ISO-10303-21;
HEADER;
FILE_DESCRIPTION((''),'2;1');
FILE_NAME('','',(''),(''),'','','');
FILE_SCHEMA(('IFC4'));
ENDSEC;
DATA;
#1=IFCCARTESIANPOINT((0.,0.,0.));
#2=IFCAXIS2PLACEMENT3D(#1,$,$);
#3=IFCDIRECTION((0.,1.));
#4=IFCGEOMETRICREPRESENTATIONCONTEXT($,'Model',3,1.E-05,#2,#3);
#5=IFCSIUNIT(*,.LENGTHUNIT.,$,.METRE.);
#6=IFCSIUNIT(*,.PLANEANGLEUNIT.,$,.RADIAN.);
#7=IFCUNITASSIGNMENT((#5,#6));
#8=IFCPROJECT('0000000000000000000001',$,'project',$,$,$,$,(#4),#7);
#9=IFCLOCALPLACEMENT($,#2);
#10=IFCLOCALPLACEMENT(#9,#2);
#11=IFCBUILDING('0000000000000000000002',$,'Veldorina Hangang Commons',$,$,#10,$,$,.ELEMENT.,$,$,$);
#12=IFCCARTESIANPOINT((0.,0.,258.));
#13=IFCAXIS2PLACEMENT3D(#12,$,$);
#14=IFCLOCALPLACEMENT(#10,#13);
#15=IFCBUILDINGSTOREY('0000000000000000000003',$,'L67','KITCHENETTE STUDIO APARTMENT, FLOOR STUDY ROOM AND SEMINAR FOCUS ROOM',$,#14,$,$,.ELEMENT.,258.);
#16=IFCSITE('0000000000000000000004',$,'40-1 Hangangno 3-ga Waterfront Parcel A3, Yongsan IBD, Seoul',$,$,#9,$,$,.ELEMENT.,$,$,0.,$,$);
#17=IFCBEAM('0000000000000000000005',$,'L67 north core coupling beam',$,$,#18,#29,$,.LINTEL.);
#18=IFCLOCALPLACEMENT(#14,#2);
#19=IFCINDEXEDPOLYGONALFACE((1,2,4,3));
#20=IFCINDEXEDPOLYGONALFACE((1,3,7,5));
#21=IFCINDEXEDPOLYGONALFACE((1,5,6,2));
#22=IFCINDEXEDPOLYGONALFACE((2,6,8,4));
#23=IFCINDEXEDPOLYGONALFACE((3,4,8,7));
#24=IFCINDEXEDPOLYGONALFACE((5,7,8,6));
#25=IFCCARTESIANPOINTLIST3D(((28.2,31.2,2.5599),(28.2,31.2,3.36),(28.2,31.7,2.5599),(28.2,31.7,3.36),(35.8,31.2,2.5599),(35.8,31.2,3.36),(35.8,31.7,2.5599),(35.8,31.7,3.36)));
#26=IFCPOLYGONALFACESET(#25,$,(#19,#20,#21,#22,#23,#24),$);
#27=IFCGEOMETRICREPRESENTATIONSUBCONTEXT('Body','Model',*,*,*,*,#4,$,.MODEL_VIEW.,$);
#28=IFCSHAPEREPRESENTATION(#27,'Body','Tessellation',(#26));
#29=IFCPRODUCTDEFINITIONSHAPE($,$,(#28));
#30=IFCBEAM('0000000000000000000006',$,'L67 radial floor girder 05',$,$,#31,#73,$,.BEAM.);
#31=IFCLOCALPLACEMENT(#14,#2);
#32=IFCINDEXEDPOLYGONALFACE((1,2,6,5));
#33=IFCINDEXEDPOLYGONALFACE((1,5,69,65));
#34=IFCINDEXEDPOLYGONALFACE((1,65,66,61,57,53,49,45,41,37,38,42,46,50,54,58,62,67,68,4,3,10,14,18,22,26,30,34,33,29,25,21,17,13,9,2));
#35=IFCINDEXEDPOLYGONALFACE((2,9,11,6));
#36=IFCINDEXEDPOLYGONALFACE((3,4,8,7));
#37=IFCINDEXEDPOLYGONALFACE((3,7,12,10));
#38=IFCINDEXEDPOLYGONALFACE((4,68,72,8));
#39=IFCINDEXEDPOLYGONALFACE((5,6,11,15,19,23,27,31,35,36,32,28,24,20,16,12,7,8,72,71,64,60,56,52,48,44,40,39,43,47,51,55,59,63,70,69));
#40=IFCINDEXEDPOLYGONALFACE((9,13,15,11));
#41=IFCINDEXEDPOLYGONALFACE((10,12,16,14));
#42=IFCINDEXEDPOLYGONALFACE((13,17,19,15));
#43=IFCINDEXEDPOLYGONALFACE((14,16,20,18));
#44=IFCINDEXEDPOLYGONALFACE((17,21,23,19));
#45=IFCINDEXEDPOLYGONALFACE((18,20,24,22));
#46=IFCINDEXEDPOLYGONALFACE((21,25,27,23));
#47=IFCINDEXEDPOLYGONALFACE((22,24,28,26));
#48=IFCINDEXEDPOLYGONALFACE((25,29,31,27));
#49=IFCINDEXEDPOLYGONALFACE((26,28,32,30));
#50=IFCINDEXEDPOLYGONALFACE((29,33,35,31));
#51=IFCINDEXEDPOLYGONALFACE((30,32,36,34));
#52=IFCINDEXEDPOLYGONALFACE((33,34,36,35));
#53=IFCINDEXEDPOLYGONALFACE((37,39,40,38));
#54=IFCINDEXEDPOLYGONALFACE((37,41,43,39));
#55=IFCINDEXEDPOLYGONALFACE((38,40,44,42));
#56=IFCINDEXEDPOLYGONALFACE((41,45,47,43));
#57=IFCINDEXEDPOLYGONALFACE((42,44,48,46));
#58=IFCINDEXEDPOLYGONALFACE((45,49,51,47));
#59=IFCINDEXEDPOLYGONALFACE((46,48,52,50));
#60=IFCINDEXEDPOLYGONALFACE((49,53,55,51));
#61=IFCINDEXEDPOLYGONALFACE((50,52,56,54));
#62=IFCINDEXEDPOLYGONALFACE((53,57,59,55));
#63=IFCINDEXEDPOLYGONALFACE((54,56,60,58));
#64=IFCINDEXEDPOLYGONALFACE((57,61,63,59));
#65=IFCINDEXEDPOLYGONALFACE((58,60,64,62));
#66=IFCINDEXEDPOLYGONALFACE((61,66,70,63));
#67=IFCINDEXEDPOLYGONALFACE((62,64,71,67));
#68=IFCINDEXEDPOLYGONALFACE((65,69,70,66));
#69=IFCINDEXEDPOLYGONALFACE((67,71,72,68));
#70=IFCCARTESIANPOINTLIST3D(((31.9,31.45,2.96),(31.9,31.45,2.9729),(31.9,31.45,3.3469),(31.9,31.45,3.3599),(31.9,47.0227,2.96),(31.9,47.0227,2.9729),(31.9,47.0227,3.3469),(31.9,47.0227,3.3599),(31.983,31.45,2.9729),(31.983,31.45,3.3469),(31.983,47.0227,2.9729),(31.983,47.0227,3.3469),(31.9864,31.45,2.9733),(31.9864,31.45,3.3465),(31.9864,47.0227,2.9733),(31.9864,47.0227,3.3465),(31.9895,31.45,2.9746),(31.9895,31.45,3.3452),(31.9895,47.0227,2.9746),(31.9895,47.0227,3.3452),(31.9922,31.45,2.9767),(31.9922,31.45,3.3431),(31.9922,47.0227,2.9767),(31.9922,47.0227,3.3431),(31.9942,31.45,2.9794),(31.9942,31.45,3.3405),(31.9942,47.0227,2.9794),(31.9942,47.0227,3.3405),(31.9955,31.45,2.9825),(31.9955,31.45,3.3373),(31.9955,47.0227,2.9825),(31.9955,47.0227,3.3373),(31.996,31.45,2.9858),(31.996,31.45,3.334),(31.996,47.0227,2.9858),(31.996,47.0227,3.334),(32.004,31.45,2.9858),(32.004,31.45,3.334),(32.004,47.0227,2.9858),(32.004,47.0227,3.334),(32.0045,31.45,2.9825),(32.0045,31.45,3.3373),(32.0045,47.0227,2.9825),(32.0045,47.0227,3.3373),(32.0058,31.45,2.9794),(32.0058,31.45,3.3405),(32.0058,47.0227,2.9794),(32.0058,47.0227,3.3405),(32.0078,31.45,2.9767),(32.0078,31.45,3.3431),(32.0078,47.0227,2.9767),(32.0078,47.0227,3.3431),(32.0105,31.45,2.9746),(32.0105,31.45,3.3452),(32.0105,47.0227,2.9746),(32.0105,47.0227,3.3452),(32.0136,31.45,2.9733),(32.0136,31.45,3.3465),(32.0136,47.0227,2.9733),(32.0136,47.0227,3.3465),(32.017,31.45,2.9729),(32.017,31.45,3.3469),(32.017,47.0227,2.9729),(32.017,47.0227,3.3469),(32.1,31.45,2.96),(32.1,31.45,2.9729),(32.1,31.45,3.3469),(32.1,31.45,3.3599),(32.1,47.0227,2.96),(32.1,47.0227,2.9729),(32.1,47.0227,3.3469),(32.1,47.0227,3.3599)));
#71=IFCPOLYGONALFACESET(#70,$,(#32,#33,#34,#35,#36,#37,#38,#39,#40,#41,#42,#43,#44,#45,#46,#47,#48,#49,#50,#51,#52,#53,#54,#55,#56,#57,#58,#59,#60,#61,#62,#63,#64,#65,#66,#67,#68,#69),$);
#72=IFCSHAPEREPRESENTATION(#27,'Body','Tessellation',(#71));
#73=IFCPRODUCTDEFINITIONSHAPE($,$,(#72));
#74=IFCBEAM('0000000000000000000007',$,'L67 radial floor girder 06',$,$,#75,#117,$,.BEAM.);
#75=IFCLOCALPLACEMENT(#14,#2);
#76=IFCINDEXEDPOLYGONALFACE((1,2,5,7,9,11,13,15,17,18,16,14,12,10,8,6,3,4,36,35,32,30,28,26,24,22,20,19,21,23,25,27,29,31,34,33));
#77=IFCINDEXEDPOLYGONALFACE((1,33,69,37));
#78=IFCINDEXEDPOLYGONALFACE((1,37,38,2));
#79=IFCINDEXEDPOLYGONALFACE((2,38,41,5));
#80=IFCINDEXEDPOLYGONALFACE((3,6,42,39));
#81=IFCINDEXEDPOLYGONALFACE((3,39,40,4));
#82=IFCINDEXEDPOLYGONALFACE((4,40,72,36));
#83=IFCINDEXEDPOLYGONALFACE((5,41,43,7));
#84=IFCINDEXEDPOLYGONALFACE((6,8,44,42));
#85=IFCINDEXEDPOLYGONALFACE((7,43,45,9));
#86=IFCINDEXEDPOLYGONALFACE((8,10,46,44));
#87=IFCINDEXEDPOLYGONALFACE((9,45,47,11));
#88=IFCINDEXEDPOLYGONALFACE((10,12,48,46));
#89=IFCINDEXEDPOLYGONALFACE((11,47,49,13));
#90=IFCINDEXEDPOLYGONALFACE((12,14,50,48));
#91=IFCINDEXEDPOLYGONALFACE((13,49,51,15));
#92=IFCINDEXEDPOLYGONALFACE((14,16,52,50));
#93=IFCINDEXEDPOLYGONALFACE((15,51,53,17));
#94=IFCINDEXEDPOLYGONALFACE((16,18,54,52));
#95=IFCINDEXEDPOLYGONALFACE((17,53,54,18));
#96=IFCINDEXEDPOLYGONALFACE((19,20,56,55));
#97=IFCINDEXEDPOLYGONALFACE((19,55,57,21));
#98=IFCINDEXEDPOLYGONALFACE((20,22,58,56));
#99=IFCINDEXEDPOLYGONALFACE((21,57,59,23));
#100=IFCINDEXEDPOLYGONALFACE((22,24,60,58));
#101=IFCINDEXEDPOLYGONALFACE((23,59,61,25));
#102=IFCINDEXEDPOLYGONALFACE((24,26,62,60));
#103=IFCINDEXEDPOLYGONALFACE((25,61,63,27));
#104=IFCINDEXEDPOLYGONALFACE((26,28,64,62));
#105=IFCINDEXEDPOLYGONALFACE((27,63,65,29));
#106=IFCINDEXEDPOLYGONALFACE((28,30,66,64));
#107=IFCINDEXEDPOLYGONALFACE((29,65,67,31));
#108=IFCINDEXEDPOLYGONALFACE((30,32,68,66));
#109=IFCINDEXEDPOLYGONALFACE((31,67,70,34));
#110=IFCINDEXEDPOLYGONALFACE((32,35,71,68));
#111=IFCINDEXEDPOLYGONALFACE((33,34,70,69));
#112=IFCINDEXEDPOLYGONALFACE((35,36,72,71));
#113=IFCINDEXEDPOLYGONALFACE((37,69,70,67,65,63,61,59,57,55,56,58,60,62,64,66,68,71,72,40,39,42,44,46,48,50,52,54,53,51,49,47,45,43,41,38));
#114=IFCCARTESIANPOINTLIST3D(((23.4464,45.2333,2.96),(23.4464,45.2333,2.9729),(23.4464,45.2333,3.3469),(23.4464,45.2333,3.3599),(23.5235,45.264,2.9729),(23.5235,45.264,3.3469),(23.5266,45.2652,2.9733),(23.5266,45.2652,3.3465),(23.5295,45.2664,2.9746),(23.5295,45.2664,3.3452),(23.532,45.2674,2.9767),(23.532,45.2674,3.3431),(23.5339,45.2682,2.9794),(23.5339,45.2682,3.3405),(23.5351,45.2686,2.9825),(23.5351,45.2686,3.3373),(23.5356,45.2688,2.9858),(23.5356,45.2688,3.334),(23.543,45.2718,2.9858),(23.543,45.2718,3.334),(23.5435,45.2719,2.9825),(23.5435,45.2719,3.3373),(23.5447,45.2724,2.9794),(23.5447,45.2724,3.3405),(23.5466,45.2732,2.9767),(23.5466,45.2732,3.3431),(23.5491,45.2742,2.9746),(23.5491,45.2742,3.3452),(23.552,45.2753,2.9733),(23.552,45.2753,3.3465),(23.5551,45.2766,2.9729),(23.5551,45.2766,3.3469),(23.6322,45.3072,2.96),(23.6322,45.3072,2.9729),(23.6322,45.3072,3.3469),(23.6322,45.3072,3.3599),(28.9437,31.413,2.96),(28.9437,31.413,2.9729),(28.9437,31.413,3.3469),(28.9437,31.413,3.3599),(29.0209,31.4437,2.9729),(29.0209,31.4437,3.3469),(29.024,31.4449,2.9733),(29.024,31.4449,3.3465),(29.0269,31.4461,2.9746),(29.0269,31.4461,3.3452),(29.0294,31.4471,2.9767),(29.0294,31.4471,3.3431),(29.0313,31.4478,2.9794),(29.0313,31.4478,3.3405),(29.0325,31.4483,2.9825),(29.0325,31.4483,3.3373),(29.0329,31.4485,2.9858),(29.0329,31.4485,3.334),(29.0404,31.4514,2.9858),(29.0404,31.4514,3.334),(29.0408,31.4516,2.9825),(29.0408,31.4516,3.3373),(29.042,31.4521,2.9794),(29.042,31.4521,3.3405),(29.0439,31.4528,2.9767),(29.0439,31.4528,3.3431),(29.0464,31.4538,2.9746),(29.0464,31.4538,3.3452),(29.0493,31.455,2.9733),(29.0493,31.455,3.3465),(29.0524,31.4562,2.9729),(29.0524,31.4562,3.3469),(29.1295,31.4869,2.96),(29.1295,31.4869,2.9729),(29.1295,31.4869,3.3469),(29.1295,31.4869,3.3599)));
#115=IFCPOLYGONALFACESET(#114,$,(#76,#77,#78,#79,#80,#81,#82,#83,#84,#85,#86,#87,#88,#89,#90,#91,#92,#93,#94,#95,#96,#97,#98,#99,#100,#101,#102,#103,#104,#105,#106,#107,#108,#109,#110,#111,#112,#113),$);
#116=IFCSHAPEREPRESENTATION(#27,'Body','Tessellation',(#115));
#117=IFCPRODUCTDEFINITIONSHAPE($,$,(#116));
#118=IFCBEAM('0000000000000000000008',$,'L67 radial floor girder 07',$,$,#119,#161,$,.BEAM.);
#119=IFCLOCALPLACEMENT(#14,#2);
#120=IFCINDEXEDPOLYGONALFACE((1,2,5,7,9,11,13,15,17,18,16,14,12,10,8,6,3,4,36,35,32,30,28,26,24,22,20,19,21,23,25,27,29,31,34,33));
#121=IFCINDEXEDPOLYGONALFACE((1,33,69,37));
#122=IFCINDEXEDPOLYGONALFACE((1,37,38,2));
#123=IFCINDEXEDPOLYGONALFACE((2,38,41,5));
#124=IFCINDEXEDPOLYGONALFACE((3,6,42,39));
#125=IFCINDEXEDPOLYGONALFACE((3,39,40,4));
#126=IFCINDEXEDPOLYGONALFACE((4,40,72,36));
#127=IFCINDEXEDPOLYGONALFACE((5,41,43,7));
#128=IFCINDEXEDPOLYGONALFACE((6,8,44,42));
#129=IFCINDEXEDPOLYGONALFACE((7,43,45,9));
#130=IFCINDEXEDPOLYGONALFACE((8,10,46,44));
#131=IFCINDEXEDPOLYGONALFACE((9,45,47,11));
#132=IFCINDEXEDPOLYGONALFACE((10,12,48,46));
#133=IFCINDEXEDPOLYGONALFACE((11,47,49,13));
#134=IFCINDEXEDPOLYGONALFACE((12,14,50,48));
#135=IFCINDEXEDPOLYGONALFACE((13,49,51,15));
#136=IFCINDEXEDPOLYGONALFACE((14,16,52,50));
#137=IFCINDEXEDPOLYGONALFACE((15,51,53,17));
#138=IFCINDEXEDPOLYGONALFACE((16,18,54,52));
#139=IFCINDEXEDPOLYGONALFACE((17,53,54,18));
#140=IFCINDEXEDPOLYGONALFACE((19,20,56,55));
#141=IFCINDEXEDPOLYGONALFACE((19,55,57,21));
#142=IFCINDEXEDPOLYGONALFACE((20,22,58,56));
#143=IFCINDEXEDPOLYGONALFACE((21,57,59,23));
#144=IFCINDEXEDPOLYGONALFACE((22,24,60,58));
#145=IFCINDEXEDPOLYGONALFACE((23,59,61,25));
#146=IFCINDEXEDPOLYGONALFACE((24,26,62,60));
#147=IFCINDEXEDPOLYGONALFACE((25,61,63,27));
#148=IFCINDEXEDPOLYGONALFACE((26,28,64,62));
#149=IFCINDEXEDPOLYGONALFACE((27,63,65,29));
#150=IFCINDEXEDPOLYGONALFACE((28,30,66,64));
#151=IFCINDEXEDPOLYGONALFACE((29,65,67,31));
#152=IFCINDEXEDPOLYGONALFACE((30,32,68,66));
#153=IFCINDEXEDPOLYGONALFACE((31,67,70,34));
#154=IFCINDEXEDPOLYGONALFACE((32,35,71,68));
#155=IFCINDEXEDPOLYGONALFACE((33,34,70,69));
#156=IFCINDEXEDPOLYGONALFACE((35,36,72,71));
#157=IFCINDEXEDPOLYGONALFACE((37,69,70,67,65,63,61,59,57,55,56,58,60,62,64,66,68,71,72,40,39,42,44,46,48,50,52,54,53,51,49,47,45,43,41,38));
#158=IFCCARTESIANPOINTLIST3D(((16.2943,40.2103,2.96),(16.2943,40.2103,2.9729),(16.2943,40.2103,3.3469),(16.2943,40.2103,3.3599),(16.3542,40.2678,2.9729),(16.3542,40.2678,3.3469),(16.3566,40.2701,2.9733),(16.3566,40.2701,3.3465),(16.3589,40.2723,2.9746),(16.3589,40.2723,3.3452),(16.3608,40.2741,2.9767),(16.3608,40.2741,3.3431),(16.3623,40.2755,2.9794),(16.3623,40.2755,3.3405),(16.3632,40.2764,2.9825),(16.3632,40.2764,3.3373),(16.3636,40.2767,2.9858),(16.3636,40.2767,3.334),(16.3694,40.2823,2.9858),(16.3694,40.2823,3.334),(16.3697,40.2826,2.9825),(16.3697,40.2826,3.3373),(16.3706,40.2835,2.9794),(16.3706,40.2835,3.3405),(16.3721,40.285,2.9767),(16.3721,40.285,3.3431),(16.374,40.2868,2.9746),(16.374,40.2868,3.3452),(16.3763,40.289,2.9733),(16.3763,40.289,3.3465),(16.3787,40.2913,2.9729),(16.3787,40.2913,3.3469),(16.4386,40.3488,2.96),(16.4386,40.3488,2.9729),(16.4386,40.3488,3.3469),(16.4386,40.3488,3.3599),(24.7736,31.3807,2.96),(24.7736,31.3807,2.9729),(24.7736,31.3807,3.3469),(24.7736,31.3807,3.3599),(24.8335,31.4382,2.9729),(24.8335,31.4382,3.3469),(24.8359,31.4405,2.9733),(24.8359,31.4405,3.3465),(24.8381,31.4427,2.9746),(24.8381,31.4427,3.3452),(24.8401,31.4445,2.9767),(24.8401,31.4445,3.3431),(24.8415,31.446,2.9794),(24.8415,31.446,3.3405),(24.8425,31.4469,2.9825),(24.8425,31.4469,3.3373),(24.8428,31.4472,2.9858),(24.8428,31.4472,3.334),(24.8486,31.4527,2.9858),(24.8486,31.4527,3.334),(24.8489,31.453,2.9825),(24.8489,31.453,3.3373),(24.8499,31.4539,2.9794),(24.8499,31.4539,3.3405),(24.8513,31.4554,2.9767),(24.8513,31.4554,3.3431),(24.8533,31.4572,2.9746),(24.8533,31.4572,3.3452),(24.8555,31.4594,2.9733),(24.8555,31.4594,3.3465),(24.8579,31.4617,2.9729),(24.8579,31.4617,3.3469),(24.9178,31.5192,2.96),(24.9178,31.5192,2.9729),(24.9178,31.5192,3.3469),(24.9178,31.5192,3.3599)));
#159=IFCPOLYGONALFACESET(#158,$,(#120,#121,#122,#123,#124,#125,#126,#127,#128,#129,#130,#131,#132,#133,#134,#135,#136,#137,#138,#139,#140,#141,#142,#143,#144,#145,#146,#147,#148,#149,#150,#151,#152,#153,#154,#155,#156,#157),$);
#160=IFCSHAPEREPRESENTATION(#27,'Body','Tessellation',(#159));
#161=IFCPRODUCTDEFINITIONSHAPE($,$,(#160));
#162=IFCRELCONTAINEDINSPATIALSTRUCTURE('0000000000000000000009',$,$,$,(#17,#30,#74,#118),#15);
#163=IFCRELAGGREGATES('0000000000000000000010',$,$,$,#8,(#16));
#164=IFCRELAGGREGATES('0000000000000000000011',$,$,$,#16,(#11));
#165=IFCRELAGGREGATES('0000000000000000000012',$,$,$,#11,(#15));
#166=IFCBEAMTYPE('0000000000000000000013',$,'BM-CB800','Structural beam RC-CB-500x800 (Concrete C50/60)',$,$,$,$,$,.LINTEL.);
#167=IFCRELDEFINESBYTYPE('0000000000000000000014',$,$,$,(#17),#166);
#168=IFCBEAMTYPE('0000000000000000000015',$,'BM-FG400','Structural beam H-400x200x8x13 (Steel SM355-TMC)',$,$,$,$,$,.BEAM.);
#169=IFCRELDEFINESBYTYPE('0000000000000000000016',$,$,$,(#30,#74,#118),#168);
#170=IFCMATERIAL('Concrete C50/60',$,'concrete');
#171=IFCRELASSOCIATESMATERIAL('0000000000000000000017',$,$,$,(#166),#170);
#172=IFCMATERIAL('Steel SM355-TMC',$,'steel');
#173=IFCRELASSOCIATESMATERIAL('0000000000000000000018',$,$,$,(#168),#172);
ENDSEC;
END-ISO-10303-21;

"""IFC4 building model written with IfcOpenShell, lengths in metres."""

from ifc_helpers import new_model, si_unit, direction, frame, origin, origin_2d, place, context, subcontext, project, spatial, rectangle, i_section, extrude, material, material_profile, profile_set, type_object, element, save


model = new_model("IFC4")

# Units and contexts
model_context = context("Model", 3, precision=1e-05, world=origin(), true_north=direction((0.0, 1.0)))
body_context = subcontext(model_context, "Body", "Model", "MODEL_VIEW")
ifc_project = project(units=[si_unit("LENGTHUNIT", "METRE"), si_unit("PLANEANGLEUNIT", "RADIAN")], contexts=[model_context])

# Site, building, storey
site_placement = place(None, origin())
site = spatial("IfcSite", under=ifc_project, at=site_placement, Name="40-1 Hangangno 3-ga Waterfront Parcel A3, Yongsan IBD, Seoul", CompositionType="ELEMENT", RefElevation=0.0)
building_placement = place(site_placement, origin())
building = spatial("IfcBuilding", under=site, at=building_placement, Name="Veldorina Hangang Commons", CompositionType="ELEMENT")
storey_placement = place(building_placement, frame((0.0, 0.0, 258.0)))
storey = spatial("IfcBuildingStorey", under=building, at=storey_placement, Name="L67", Description="KITCHENETTE STUDIO APARTMENT, FLOOR STUDY ROOM AND SEMINAR FOCUS ROOM", CompositionType="ELEMENT", Elevation=258.0)

# Beams
ifc_material_1 = material(Name="Concrete C50/60", Category="concrete")
ifc_material_profile_1 = material_profile(ifc_material_1, rectangle(XDim=0.5, YDim=0.8, at=origin_2d()), Name="RC-CB-500x800")
ifc_profile_set_1 = profile_set([ifc_material_profile_1], Name="Concrete C50/60")
beam_type_1 = type_object("IfcBeamType", Name="BM-CB800", Description="Structural beam RC-CB-500x800 (Concrete C50/60)", PredefinedType="LINTEL", material=ifc_profile_set_1)
beam_1_placement = place(storey_placement, frame((28.2, 31.45, 2.96), z_axis=(1.0, 0.0, 0.0), x_axis=(0.0, 1.0, 0.0)))
element("IfcBeam", 1, at=beam_1_placement, inside=storey, type_object=beam_type_1, Name="L67 north core coupling beam", PredefinedType="LINTEL", context=body_context, shape_type="SweptSolid", body=[
    extrude(rectangle(XDim=0.5, YDim=0.8, at=origin_2d()), origin(), (0.0, 0.0, 1.0), 7.6001),
])
ifc_material_2 = material(Name="Steel SM355-TMC", Category="steel")
ifc_material_profile_2 = material_profile(ifc_material_2, i_section(OverallWidth=0.2, OverallDepth=0.3999, WebThickness=0.0081, FlangeThickness=0.0129, FilletRadius=0.0129, at=origin_2d()), Name="H-400x200x8x13")
ifc_profile_set_2 = profile_set([ifc_material_profile_2], Name="Steel SM355-TMC")
beam_type_2 = type_object("IfcBeamType", Name="BM-FG400", Description="Structural beam H-400x200x8x13 (Steel SM355-TMC)", PredefinedType="BEAM", material=ifc_profile_set_2)
beam_2_placement = place(storey_placement, frame((32.0, 31.45, 3.1599), z_axis=(0.0, 1.0, 0.0), x_axis=(-1.0, 0.0, 0.0)))
element("IfcBeam", 2, at=beam_2_placement, inside=storey, type_object=beam_type_2, Name="L67 radial floor girder 05", PredefinedType="BEAM", context=body_context, shape_type="SweptSolid", body=[
    extrude(i_section(OverallWidth=0.2, OverallDepth=0.3999, WebThickness=0.0081, FlangeThickness=0.0129, FilletRadius=0.0129, at=origin_2d()), origin(), (0.0, 0.0, 1.0), 15.5728),
])
beam_3_placement = place(storey_placement, frame((29.0366, 31.45, 3.1599), z_axis=(-0.369604, 0.929189, 0.0), x_axis=(-0.929189, -0.369604, 0.0)))
element("IfcBeam", 3, at=beam_3_placement, inside=storey, type_object=beam_type_2, Name="L67 radial floor girder 06", PredefinedType="BEAM", context=body_context, shape_type="SweptSolid", body=[
    extrude(i_section(OverallWidth=0.2, OverallDepth=0.3999, WebThickness=0.0081, FlangeThickness=0.0129, FilletRadius=0.0129, at=origin_2d()), origin(), (0.0, 0.0, 1.0), 14.8735),
])
beam_4_placement = place(storey_placement, frame((24.8457, 31.45, 3.1599), z_axis=(-0.692653, 0.721271, 0.0), x_axis=(-0.721271, -0.692653, 0.0)))
element("IfcBeam", 4, at=beam_4_placement, inside=storey, type_object=beam_type_2, Name="L67 radial floor girder 07", PredefinedType="BEAM", context=body_context, shape_type="SweptSolid", body=[
    extrude(i_section(OverallWidth=0.2, OverallDepth=0.3999, WebThickness=0.0081, FlangeThickness=0.0129, FilletRadius=0.0129, at=origin_2d()), origin(), (0.0, 0.0, 1.0), 12.2417),
])

save(model, "model.ifc")
